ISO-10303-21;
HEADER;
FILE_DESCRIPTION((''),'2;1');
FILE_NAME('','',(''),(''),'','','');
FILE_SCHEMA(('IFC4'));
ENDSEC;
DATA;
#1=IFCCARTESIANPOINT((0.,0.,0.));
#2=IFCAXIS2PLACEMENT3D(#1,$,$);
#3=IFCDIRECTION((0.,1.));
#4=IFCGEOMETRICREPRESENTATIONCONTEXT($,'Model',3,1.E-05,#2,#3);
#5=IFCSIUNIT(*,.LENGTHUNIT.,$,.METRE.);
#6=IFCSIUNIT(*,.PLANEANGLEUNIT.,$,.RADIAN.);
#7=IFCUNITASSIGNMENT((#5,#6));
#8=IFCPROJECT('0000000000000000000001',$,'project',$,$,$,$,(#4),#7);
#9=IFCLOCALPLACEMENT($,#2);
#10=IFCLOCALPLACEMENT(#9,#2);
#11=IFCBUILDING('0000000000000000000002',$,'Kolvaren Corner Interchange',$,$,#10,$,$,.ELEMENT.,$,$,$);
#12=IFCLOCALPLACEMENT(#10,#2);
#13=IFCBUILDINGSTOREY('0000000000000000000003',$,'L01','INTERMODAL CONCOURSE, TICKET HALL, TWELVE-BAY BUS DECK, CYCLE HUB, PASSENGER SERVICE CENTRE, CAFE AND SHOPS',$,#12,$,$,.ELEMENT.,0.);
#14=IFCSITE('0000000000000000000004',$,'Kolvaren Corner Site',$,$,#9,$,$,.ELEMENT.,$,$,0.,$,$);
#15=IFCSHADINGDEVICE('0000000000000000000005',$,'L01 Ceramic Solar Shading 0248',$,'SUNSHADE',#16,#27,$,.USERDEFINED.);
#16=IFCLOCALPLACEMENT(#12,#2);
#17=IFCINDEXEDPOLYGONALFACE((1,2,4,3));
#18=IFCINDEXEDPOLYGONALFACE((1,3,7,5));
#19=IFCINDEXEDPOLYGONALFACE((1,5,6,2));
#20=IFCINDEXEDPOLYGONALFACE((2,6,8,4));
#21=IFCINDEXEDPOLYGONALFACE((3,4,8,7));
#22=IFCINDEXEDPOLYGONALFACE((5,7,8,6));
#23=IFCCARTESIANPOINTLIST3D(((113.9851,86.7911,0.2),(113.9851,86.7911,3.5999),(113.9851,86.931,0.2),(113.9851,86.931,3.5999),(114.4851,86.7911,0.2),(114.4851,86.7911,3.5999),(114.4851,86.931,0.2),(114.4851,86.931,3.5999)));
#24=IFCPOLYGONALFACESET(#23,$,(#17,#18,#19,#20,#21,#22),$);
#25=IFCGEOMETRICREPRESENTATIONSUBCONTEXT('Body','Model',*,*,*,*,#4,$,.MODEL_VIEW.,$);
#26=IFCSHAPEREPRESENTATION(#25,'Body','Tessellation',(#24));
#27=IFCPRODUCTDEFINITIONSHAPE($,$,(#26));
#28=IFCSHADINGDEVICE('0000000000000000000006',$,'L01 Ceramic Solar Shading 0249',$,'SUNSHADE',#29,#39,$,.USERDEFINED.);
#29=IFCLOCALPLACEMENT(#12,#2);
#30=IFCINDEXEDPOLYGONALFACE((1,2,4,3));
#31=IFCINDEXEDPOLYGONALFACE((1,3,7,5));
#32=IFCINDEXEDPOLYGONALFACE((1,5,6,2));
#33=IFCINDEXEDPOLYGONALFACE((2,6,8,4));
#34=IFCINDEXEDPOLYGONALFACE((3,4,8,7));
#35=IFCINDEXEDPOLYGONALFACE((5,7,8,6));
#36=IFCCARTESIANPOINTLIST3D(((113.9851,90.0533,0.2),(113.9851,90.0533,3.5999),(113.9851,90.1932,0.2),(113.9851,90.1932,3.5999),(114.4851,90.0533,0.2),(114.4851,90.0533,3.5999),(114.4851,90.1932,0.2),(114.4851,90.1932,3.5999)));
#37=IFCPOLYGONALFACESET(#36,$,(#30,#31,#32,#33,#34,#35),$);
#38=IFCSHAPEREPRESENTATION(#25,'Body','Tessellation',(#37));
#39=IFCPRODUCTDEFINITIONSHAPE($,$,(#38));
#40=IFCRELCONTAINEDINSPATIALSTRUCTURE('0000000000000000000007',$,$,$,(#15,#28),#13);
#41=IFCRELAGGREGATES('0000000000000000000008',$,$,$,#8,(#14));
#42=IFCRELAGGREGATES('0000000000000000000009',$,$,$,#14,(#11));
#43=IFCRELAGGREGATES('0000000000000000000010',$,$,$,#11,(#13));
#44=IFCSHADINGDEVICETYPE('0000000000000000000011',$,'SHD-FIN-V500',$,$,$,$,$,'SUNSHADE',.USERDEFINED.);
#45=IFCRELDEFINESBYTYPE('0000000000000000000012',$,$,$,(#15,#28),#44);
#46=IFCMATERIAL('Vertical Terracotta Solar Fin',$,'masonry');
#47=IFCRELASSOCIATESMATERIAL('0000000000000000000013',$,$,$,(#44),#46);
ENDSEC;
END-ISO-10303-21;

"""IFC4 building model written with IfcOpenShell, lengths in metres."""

from ifc_helpers import new_model, si_unit, direction, frame, origin, origin_2d, place, context, subcontext, project, spatial, rectangle, extrude, material, type_object, element, save


model = new_model("IFC4")

# Units and contexts
model_context = context("Model", 3, precision=1e-05, world=origin(), true_north=direction((0.0, 1.0)))
body_context = subcontext(model_context, "Body", "Model", "MODEL_VIEW")
ifc_project = project(units=[si_unit("LENGTHUNIT", "METRE"), si_unit("PLANEANGLEUNIT", "RADIAN")], contexts=[model_context])

# Site, building, storey
site_placement = place(None, origin())
site = spatial("IfcSite", under=ifc_project, at=site_placement, Name="Kolvaren Corner Site", CompositionType="ELEMENT", RefElevation=0.0)
building_placement = place(site_placement, origin())
building = spatial("IfcBuilding", under=site, at=building_placement, Name="Kolvaren Corner Interchange", CompositionType="ELEMENT")
storey_placement = place(building_placement, origin())
storey = spatial("IfcBuildingStorey", under=building, at=storey_placement, Name="L01", Description="INTERMODAL CONCOURSE, TICKET HALL, TWELVE-BAY BUS DECK, CYCLE HUB, PASSENGER SERVICE CENTRE, CAFE AND SHOPS", CompositionType="ELEMENT", Elevation=0.0)

# Shading devices
ifc_material_1 = material(Name="Vertical Terracotta Solar Fin", Category="masonry")
shading_device_type = type_object("IfcShadingDeviceType", Name="SHD-FIN-V500", ElementType="SUNSHADE", PredefinedType="USERDEFINED", material=ifc_material_1)
for number, where, z_axis, x_axis, name in (
    (1, (114.2351, 86.8611, 0.2), (0.0, 0.0, 1.0), (0.0, 1.0, 0.0), "L01 Ceramic Solar Shading 0248"),
    (2, (114.2351, 90.1233, 0.2), (0.0, 0.0, 1.0), (0.0, 1.0, 0.0), "L01 Ceramic Solar Shading 0249"),
):
    element("IfcShadingDevice", number, at=place(storey_placement, frame(where, z_axis=z_axis, x_axis=x_axis)), inside=storey, type_object=shading_device_type, Name=name, ObjectType="SUNSHADE", PredefinedType="USERDEFINED", context=body_context, shape_type="SweptSolid", body=[
        extrude(rectangle(XDim=0.1399, YDim=0.5, at=origin_2d()), origin(), (0.0, 0.0, 1.0), 3.3999),
    ])

save(model, "model.ifc")
